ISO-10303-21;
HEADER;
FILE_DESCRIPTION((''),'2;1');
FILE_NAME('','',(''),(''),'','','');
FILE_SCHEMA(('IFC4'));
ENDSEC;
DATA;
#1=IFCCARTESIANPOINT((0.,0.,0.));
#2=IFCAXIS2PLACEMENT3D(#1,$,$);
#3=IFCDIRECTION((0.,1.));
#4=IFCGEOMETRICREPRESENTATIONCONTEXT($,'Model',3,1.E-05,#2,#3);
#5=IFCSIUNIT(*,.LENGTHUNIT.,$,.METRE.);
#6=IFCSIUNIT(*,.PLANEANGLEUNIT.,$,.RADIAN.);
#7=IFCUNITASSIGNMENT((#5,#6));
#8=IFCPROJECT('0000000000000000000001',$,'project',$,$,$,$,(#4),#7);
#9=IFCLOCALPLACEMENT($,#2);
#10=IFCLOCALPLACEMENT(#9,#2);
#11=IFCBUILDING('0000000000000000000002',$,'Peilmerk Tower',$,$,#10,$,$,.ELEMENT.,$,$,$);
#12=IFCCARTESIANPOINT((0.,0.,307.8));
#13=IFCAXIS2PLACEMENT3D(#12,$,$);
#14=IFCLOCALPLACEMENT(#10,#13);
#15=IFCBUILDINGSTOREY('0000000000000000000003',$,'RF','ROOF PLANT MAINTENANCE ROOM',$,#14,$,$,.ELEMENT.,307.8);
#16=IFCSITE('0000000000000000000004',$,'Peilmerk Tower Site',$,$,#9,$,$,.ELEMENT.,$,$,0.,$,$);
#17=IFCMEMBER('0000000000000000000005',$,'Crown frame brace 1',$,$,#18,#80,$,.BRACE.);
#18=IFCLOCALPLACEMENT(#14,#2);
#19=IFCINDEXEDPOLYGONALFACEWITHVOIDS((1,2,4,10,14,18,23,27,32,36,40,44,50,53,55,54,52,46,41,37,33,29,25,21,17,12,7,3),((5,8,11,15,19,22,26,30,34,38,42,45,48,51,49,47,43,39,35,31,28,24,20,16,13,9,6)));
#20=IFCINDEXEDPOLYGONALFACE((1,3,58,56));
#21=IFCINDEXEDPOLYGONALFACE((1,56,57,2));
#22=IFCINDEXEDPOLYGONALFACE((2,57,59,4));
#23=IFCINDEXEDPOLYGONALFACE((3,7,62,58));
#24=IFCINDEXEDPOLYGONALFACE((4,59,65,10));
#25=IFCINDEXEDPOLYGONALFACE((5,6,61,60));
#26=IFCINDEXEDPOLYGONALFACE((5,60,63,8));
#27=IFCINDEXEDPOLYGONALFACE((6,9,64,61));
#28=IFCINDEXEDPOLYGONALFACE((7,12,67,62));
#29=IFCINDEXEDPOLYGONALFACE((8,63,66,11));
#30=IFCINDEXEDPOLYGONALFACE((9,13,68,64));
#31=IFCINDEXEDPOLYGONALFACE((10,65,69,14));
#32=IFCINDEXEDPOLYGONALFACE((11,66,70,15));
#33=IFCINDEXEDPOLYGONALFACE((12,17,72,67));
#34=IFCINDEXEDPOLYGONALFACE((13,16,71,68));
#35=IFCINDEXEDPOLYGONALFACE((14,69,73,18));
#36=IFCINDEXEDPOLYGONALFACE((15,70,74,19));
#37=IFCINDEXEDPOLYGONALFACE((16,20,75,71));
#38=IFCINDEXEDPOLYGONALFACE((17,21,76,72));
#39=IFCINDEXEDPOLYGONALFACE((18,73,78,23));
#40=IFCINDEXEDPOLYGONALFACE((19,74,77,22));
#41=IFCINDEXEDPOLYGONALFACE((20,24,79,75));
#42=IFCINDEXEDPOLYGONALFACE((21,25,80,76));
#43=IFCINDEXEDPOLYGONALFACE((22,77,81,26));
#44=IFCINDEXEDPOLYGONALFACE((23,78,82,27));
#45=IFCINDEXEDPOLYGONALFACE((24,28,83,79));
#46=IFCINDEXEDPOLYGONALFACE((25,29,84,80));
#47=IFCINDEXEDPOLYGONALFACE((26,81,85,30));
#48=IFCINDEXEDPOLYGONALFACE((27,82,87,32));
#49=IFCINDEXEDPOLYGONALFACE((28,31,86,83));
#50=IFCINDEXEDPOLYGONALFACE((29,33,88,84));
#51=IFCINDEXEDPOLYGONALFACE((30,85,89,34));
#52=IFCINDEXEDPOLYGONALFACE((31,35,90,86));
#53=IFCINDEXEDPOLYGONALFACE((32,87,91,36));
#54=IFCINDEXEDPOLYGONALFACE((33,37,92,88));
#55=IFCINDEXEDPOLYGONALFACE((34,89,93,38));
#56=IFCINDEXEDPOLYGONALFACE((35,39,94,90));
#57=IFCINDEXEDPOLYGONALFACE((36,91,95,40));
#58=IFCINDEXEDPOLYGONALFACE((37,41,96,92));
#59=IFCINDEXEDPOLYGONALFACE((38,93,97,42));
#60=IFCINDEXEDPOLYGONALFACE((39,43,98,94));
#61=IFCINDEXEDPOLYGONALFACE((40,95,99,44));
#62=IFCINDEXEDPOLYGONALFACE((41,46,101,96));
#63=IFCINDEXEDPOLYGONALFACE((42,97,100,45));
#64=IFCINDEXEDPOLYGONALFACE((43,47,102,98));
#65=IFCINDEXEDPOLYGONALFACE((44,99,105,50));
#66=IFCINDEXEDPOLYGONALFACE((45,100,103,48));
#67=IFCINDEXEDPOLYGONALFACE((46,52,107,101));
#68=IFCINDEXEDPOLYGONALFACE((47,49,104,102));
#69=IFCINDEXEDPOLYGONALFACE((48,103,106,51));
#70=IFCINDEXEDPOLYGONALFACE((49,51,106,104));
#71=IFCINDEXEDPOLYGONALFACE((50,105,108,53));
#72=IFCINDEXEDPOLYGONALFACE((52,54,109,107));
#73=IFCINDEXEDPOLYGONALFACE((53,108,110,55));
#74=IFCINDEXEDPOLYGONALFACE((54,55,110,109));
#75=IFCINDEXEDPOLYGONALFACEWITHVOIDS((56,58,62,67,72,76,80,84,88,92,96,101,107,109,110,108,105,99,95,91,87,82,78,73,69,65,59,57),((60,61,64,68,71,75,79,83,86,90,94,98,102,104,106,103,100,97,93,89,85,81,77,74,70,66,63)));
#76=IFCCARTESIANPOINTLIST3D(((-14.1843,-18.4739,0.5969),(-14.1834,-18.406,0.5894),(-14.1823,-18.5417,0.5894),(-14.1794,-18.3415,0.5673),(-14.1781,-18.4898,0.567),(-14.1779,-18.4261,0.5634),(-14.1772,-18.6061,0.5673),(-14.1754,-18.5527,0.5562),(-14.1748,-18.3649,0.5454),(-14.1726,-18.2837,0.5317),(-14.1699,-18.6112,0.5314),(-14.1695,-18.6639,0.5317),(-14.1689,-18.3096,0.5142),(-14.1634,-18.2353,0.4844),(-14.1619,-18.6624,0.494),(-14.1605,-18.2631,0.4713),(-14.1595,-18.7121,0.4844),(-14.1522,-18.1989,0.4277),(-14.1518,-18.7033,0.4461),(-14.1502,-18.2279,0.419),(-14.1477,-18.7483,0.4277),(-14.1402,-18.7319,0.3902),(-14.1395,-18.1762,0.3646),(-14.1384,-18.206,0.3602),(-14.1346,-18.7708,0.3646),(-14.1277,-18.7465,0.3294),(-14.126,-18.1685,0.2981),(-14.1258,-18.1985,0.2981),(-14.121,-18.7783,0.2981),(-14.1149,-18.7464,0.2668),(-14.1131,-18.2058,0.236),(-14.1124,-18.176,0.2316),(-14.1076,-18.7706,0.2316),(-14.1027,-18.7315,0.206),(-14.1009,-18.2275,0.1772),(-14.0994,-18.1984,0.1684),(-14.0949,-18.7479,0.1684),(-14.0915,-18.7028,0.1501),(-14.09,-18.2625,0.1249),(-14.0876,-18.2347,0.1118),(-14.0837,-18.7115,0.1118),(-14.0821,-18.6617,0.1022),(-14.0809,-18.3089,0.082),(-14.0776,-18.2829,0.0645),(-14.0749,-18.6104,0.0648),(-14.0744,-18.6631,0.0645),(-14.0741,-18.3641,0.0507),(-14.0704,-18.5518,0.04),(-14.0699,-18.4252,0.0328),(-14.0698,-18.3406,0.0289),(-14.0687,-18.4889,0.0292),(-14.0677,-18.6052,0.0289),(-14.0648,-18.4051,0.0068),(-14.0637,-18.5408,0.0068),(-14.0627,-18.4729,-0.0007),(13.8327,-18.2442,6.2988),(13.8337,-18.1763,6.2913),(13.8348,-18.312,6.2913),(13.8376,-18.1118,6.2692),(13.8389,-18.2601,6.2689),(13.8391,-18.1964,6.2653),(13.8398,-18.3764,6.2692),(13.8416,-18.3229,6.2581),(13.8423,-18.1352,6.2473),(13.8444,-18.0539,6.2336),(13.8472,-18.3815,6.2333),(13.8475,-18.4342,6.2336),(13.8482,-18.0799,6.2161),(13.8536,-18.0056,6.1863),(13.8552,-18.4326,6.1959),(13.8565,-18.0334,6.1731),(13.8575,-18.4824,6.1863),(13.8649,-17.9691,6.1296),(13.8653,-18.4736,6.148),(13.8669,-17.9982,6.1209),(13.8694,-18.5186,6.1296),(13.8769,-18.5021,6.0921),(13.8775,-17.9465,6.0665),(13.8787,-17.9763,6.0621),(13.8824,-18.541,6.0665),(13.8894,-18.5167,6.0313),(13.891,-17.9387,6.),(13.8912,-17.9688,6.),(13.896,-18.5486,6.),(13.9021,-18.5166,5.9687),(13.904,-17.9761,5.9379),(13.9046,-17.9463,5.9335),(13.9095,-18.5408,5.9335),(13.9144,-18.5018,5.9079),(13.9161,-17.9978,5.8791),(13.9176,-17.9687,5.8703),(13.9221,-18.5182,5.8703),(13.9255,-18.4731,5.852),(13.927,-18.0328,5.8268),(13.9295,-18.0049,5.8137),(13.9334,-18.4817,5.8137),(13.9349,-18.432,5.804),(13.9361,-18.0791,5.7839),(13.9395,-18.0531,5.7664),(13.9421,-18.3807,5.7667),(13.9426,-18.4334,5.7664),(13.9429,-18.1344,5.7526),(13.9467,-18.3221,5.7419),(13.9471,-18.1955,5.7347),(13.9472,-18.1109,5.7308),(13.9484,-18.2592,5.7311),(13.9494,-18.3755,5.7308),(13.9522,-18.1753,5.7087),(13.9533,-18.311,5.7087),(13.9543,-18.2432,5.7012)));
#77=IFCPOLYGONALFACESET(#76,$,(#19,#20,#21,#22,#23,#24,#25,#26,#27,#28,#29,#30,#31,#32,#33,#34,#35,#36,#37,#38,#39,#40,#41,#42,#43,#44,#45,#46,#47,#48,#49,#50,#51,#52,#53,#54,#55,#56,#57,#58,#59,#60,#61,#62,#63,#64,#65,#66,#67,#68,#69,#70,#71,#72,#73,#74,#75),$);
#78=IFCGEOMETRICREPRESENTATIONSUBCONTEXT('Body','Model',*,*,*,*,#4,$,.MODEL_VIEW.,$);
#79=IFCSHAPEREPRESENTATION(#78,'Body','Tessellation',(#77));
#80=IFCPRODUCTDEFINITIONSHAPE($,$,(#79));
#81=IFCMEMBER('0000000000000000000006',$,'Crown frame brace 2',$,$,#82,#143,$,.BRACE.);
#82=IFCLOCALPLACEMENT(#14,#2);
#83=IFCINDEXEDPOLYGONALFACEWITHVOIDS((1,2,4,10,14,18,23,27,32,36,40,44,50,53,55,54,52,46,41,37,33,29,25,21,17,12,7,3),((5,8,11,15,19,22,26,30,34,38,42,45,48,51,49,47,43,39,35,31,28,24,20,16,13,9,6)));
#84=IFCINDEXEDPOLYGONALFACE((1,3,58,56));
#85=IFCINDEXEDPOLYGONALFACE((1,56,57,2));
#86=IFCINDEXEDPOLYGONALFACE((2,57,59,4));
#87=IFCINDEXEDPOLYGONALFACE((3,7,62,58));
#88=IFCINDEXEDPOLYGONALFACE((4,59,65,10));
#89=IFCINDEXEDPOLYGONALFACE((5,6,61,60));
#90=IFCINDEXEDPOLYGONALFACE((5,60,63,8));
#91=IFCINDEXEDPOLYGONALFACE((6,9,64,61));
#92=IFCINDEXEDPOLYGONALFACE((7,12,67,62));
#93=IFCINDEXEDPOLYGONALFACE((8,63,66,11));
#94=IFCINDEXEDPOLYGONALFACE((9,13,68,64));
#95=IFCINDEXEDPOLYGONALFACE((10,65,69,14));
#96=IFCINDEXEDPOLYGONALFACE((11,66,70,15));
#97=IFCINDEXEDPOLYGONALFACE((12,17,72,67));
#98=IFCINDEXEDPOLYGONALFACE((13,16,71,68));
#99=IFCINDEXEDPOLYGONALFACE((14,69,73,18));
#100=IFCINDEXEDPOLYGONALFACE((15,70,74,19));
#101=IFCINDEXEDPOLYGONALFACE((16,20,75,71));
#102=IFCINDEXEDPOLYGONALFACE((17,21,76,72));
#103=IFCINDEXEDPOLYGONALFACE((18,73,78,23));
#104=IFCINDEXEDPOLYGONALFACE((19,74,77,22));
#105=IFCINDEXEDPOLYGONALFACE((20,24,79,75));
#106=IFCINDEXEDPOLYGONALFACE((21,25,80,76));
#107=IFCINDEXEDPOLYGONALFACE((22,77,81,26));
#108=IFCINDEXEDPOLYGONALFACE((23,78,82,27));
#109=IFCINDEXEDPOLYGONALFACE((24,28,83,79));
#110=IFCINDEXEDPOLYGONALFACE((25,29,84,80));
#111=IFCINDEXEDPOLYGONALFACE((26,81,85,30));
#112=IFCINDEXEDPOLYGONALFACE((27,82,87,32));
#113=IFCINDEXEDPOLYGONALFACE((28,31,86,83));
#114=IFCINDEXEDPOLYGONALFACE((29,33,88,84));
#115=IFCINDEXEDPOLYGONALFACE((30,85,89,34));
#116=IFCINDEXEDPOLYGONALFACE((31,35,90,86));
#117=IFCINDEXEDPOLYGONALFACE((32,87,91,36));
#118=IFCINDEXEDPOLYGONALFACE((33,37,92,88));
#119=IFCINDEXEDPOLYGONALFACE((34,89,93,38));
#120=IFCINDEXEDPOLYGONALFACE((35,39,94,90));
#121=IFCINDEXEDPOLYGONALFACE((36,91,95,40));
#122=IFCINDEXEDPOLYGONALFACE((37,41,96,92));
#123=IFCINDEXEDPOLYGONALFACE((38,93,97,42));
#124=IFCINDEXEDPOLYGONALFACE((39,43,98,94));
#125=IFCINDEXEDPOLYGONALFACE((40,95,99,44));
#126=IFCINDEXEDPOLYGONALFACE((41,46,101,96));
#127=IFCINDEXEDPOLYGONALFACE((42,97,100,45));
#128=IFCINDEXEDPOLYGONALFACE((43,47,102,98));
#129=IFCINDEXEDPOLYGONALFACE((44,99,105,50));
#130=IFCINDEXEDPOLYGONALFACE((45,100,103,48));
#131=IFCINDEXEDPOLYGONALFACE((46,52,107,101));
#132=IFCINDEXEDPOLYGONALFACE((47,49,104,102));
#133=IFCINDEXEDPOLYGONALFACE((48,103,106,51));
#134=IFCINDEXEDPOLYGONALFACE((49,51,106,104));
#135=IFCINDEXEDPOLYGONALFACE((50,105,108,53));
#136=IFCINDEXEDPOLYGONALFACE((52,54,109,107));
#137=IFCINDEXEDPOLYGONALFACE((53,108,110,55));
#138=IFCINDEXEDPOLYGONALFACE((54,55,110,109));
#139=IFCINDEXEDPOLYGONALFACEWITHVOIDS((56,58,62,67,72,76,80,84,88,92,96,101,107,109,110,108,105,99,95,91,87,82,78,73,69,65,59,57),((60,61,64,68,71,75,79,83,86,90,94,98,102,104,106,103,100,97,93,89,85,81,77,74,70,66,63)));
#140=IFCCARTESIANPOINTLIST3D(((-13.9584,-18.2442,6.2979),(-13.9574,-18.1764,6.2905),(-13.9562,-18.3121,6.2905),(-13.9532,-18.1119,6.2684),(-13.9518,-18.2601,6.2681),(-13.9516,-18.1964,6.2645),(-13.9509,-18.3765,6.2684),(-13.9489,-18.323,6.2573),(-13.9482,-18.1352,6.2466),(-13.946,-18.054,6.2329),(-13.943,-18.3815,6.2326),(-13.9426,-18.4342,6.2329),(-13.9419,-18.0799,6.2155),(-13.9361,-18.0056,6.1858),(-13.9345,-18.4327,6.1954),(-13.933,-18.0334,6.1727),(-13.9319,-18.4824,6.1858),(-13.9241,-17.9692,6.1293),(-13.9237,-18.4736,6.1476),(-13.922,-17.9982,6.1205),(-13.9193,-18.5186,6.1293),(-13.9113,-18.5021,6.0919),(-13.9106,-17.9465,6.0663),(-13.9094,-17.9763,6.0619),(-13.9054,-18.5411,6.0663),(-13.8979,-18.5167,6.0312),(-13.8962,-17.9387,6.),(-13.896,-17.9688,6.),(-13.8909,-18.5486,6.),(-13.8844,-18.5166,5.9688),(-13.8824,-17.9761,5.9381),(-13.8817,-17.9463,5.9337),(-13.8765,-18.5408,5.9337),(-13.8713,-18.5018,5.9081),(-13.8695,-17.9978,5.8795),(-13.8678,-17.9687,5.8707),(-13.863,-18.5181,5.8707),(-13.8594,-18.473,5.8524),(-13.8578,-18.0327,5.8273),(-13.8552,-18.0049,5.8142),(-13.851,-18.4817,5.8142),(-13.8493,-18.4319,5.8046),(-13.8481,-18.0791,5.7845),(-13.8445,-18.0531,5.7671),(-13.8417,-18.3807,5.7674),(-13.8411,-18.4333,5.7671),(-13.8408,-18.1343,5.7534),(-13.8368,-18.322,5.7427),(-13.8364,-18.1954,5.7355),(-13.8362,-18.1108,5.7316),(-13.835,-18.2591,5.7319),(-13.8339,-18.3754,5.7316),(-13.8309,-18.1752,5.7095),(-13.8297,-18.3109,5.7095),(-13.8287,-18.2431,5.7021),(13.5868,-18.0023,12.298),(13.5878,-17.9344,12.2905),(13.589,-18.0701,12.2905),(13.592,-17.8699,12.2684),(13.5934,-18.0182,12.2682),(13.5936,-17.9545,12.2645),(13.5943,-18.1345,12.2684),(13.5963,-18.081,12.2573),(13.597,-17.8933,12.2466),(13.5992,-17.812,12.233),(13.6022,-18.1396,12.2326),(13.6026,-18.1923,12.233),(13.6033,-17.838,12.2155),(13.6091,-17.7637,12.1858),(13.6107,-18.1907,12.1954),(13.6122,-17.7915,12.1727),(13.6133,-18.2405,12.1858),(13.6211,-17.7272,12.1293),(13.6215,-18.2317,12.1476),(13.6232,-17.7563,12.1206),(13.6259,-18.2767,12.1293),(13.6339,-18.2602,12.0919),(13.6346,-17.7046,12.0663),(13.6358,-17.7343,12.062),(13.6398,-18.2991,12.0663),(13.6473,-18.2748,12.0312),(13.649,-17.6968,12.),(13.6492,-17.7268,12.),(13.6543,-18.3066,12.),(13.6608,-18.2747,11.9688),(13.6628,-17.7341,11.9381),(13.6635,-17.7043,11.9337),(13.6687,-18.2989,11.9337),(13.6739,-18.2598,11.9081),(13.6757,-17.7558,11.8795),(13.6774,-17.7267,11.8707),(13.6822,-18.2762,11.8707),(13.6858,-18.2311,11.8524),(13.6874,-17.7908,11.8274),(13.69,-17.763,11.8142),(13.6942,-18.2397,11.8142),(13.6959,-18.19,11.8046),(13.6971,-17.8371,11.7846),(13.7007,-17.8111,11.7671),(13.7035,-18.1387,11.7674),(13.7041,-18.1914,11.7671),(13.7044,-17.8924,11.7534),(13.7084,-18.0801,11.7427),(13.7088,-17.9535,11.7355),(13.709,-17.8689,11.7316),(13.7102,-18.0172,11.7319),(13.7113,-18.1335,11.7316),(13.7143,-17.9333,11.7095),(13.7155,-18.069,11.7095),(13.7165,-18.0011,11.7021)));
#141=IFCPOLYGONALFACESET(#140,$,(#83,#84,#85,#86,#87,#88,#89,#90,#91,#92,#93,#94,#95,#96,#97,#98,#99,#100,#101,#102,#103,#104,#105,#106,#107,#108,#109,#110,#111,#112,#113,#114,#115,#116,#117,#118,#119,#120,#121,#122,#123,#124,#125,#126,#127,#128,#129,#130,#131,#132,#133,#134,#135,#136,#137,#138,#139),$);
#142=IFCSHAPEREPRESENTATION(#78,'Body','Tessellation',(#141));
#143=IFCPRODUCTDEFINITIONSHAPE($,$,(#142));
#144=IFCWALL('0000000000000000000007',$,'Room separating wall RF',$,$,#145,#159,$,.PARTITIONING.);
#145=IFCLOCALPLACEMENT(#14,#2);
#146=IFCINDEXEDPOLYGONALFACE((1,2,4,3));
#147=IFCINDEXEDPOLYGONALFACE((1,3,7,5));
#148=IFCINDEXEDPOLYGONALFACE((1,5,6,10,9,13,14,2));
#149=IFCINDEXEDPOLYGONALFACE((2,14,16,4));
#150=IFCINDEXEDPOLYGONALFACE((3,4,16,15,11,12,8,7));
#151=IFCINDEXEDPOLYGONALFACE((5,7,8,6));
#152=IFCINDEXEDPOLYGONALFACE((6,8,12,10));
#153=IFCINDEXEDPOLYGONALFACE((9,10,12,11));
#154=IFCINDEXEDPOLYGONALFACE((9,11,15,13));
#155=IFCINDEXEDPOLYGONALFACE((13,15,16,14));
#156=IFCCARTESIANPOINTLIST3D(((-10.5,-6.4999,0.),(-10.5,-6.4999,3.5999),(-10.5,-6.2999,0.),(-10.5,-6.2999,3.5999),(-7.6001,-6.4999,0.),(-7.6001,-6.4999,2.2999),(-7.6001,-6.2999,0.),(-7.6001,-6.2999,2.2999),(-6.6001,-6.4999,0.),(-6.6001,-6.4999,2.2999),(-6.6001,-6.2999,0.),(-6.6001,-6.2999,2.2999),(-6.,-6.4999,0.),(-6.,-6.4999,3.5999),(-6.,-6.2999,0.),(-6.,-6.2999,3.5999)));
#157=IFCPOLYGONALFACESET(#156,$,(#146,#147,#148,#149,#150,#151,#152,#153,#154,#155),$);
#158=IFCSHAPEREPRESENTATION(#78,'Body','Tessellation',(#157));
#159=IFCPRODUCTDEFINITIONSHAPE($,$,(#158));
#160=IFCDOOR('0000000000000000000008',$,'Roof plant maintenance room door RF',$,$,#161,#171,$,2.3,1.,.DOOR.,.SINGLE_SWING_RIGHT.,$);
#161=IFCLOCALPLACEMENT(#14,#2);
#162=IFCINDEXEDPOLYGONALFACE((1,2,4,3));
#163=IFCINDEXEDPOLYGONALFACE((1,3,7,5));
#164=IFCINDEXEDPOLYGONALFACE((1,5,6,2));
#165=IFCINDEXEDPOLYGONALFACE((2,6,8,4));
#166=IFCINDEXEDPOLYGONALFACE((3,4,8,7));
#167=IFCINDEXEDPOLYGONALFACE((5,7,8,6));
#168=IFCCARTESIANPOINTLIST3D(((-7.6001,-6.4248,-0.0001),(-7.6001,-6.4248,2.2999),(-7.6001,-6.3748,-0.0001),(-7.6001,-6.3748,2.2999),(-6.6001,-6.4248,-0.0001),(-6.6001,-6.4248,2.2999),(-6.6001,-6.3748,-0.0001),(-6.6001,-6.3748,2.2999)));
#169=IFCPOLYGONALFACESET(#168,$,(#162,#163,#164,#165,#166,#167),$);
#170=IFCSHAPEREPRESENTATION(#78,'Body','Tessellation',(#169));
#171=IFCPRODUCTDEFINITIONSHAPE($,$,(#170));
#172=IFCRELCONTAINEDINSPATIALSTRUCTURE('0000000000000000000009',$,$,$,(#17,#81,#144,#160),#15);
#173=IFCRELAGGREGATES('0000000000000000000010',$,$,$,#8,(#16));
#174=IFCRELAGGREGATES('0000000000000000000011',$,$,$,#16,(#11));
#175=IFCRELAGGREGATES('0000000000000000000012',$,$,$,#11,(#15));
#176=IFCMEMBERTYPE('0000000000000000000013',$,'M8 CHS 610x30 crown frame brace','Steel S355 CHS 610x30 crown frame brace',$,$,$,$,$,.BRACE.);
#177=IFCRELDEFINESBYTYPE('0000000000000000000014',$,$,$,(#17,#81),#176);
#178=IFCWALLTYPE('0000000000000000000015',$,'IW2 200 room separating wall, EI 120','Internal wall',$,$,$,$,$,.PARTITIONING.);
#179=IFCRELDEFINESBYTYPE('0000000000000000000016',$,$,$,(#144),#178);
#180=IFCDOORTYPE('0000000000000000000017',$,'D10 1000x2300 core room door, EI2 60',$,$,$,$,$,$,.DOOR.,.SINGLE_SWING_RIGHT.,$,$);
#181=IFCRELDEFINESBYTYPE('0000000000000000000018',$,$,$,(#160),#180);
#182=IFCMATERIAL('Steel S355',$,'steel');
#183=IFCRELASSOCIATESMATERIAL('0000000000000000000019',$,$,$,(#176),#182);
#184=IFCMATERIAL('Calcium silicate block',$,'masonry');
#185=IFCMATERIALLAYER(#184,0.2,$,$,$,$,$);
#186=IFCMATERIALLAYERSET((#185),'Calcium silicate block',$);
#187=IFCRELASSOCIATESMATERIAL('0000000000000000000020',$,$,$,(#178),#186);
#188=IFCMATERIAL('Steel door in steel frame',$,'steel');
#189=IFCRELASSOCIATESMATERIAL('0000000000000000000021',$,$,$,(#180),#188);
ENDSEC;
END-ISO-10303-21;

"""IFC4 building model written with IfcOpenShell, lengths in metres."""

from ifc_helpers import new_model, si_unit, direction, frame, frame_2d, origin, origin_2d, place, context, subcontext, project, spatial, rectangle, hollow_circle, extrude, material, layer, layer_set, material_profile, profile_set, type_object, element, fill, save


model = new_model("IFC4")

# Units and contexts
model_context = context("Model", 3, precision=1e-05, world=origin(), true_north=direction((0.0, 1.0)))
body_context = subcontext(model_context, "Body", "Model", "MODEL_VIEW")
ifc_project = project(units=[si_unit("LENGTHUNIT", "METRE"), si_unit("PLANEANGLEUNIT", "RADIAN")], contexts=[model_context])

# Site, building, storey
site_placement = place(None, origin())
site = spatial("IfcSite", under=ifc_project, at=site_placement, Name="Peilmerk Tower Site", CompositionType="ELEMENT", RefElevation=0.0)
building_placement = place(site_placement, origin())
building = spatial("IfcBuilding", under=site, at=building_placement, Name="Peilmerk Tower", CompositionType="ELEMENT")
storey_placement = place(building_placement, frame((0.0, 0.0, 307.8)))
storey = spatial("IfcBuildingStorey", under=building, at=storey_placement, Name="RF", Description="ROOF PLANT MAINTENANCE ROOM", CompositionType="ELEMENT", Elevation=307.8)

# Shared definitions
ifc_material_1 = material(Name="Steel S355", Category="steel")

# Members
ifc_material_profile_1 = material_profile(ifc_material_1, hollow_circle(Radius=0.3049, WallThickness=0.03, at=origin_2d()), Name="CHS 610x30")
ifc_profile_set_1 = profile_set([ifc_material_profile_1], Name="Steel S355")
member_type_1 = type_object("IfcMemberType", Name="M8 CHS 610x30 crown frame brace", Description="Steel S355 CHS 610x30 crown frame brace", PredefinedType="BRACE", material=ifc_profile_set_1)
member_1_placement = place(storey_placement, frame((-14.1235, -18.4734, 0.2981), z_axis=(0.979881, 0.008035, 0.199421), x_axis=(-0.0082, 0.999966, 0.0)))
element("IfcMember", 1, at=member_1_placement, inside=storey, type_object=member_type_1, Name="Crown frame brace 1", PredefinedType="BRACE", context=body_context, shape_type="SweptSolid", body=[
    extrude(hollow_circle(Radius=0.3049, WallThickness=0.03, at=origin_2d()), origin(), (0.0, 0.0, 1.0), 28.5923),
])
member_2_placement = place(storey_placement, frame((-13.8936, -18.2437, 6.0), z_axis=(0.977053, 0.008582, 0.212826), x_axis=(-0.008783, 0.999961, 0.0)))
element("IfcMember", 2, at=member_2_placement, inside=storey, type_object=member_type_1, Name="Crown frame brace 2", PredefinedType="BRACE", context=body_context, shape_type="SweptSolid", body=[
    extrude(hollow_circle(Radius=0.3049, WallThickness=0.03, at=origin_2d()), origin(), (0.0, 0.0, 1.0), 28.1921),
])

# Wall, opening, door
ifc_material_2 = material(Name="Calcium silicate block", Category="masonry")
ifc_layer_1 = layer(ifc_material_2, 0.2)
ifc_layer_set_1 = layer_set([ifc_layer_1], Name="Calcium silicate block")
wall_type_1 = type_object("IfcWallType", Name="IW2 200 room separating wall, EI 120", Description="Internal wall", PredefinedType="PARTITIONING", material=ifc_layer_set_1)
wall_1_placement = place(storey_placement, frame((-10.5, -6.3999, 0.0), z_axis=(0.0, 0.0, 1.0), x_axis=(1.0, 0.0, 0.0)))
wall_1 = element("IfcWall", 3, at=wall_1_placement, inside=storey, type_object=wall_type_1, Name="Room separating wall RF", PredefinedType="PARTITIONING", context=body_context, shape_type="SweptSolid", body=[
    extrude(rectangle(XDim=4.5, YDim=0.2, at=frame_2d((2.25, 0.0))), origin(), (0.0, 0.0, 1.0), 3.5999),
])
opening_1_placement = place(wall_1_placement, frame((2.8999, 0.0, 0.0)))
opening_1 = element("IfcOpeningElement", 4, at=opening_1_placement, cuts=wall_1, PredefinedType="OPENING", context=body_context, shape_type="SweptSolid", body=[
    extrude(rectangle(XDim=1.0, YDim=2.3, at=frame_2d((0.5, 1.1499))), frame((0.0, 0.1099, 0.0), z_axis=(0.0, -1.0, 0.0), x_axis=(1.0, 0.0, 0.0)), (0.0, 0.0, 1.0), 0.22),
])
ifc_material_3 = material(Name="Steel door in steel frame", Category="steel")
door_type_1 = type_object("IfcDoorType", Name="D10 1000x2300 core room door, EI2 60", OperationType="SINGLE_SWING_RIGHT", PredefinedType="DOOR", material=ifc_material_3)
door_1_placement = place(opening_1_placement, frame((1.0, 0.0, 0.0), z_axis=(0.0, 0.0, 1.0), x_axis=(-1.0, 0.0, 0.0)))
door_1 = element("IfcDoor", 5, at=door_1_placement, inside=storey, type_object=door_type_1, Name="Roof plant maintenance room door RF", OperationType="SINGLE_SWING_RIGHT", OverallHeight=2.3, OverallWidth=1.0, PredefinedType="DOOR", context=body_context, shape_type="SweptSolid", body=[
    extrude(rectangle(XDim=1.0, YDim=2.3, at=frame_2d((0.5, 1.1499))), frame((0.0, 0.0249, 0.0), z_axis=(0.0, -1.0, 0.0), x_axis=(1.0, 0.0, 0.0)), (0.0, 0.0, 1.0), 0.05),
])
fill(opening_1, door_1)

save(model, "model.ifc")
